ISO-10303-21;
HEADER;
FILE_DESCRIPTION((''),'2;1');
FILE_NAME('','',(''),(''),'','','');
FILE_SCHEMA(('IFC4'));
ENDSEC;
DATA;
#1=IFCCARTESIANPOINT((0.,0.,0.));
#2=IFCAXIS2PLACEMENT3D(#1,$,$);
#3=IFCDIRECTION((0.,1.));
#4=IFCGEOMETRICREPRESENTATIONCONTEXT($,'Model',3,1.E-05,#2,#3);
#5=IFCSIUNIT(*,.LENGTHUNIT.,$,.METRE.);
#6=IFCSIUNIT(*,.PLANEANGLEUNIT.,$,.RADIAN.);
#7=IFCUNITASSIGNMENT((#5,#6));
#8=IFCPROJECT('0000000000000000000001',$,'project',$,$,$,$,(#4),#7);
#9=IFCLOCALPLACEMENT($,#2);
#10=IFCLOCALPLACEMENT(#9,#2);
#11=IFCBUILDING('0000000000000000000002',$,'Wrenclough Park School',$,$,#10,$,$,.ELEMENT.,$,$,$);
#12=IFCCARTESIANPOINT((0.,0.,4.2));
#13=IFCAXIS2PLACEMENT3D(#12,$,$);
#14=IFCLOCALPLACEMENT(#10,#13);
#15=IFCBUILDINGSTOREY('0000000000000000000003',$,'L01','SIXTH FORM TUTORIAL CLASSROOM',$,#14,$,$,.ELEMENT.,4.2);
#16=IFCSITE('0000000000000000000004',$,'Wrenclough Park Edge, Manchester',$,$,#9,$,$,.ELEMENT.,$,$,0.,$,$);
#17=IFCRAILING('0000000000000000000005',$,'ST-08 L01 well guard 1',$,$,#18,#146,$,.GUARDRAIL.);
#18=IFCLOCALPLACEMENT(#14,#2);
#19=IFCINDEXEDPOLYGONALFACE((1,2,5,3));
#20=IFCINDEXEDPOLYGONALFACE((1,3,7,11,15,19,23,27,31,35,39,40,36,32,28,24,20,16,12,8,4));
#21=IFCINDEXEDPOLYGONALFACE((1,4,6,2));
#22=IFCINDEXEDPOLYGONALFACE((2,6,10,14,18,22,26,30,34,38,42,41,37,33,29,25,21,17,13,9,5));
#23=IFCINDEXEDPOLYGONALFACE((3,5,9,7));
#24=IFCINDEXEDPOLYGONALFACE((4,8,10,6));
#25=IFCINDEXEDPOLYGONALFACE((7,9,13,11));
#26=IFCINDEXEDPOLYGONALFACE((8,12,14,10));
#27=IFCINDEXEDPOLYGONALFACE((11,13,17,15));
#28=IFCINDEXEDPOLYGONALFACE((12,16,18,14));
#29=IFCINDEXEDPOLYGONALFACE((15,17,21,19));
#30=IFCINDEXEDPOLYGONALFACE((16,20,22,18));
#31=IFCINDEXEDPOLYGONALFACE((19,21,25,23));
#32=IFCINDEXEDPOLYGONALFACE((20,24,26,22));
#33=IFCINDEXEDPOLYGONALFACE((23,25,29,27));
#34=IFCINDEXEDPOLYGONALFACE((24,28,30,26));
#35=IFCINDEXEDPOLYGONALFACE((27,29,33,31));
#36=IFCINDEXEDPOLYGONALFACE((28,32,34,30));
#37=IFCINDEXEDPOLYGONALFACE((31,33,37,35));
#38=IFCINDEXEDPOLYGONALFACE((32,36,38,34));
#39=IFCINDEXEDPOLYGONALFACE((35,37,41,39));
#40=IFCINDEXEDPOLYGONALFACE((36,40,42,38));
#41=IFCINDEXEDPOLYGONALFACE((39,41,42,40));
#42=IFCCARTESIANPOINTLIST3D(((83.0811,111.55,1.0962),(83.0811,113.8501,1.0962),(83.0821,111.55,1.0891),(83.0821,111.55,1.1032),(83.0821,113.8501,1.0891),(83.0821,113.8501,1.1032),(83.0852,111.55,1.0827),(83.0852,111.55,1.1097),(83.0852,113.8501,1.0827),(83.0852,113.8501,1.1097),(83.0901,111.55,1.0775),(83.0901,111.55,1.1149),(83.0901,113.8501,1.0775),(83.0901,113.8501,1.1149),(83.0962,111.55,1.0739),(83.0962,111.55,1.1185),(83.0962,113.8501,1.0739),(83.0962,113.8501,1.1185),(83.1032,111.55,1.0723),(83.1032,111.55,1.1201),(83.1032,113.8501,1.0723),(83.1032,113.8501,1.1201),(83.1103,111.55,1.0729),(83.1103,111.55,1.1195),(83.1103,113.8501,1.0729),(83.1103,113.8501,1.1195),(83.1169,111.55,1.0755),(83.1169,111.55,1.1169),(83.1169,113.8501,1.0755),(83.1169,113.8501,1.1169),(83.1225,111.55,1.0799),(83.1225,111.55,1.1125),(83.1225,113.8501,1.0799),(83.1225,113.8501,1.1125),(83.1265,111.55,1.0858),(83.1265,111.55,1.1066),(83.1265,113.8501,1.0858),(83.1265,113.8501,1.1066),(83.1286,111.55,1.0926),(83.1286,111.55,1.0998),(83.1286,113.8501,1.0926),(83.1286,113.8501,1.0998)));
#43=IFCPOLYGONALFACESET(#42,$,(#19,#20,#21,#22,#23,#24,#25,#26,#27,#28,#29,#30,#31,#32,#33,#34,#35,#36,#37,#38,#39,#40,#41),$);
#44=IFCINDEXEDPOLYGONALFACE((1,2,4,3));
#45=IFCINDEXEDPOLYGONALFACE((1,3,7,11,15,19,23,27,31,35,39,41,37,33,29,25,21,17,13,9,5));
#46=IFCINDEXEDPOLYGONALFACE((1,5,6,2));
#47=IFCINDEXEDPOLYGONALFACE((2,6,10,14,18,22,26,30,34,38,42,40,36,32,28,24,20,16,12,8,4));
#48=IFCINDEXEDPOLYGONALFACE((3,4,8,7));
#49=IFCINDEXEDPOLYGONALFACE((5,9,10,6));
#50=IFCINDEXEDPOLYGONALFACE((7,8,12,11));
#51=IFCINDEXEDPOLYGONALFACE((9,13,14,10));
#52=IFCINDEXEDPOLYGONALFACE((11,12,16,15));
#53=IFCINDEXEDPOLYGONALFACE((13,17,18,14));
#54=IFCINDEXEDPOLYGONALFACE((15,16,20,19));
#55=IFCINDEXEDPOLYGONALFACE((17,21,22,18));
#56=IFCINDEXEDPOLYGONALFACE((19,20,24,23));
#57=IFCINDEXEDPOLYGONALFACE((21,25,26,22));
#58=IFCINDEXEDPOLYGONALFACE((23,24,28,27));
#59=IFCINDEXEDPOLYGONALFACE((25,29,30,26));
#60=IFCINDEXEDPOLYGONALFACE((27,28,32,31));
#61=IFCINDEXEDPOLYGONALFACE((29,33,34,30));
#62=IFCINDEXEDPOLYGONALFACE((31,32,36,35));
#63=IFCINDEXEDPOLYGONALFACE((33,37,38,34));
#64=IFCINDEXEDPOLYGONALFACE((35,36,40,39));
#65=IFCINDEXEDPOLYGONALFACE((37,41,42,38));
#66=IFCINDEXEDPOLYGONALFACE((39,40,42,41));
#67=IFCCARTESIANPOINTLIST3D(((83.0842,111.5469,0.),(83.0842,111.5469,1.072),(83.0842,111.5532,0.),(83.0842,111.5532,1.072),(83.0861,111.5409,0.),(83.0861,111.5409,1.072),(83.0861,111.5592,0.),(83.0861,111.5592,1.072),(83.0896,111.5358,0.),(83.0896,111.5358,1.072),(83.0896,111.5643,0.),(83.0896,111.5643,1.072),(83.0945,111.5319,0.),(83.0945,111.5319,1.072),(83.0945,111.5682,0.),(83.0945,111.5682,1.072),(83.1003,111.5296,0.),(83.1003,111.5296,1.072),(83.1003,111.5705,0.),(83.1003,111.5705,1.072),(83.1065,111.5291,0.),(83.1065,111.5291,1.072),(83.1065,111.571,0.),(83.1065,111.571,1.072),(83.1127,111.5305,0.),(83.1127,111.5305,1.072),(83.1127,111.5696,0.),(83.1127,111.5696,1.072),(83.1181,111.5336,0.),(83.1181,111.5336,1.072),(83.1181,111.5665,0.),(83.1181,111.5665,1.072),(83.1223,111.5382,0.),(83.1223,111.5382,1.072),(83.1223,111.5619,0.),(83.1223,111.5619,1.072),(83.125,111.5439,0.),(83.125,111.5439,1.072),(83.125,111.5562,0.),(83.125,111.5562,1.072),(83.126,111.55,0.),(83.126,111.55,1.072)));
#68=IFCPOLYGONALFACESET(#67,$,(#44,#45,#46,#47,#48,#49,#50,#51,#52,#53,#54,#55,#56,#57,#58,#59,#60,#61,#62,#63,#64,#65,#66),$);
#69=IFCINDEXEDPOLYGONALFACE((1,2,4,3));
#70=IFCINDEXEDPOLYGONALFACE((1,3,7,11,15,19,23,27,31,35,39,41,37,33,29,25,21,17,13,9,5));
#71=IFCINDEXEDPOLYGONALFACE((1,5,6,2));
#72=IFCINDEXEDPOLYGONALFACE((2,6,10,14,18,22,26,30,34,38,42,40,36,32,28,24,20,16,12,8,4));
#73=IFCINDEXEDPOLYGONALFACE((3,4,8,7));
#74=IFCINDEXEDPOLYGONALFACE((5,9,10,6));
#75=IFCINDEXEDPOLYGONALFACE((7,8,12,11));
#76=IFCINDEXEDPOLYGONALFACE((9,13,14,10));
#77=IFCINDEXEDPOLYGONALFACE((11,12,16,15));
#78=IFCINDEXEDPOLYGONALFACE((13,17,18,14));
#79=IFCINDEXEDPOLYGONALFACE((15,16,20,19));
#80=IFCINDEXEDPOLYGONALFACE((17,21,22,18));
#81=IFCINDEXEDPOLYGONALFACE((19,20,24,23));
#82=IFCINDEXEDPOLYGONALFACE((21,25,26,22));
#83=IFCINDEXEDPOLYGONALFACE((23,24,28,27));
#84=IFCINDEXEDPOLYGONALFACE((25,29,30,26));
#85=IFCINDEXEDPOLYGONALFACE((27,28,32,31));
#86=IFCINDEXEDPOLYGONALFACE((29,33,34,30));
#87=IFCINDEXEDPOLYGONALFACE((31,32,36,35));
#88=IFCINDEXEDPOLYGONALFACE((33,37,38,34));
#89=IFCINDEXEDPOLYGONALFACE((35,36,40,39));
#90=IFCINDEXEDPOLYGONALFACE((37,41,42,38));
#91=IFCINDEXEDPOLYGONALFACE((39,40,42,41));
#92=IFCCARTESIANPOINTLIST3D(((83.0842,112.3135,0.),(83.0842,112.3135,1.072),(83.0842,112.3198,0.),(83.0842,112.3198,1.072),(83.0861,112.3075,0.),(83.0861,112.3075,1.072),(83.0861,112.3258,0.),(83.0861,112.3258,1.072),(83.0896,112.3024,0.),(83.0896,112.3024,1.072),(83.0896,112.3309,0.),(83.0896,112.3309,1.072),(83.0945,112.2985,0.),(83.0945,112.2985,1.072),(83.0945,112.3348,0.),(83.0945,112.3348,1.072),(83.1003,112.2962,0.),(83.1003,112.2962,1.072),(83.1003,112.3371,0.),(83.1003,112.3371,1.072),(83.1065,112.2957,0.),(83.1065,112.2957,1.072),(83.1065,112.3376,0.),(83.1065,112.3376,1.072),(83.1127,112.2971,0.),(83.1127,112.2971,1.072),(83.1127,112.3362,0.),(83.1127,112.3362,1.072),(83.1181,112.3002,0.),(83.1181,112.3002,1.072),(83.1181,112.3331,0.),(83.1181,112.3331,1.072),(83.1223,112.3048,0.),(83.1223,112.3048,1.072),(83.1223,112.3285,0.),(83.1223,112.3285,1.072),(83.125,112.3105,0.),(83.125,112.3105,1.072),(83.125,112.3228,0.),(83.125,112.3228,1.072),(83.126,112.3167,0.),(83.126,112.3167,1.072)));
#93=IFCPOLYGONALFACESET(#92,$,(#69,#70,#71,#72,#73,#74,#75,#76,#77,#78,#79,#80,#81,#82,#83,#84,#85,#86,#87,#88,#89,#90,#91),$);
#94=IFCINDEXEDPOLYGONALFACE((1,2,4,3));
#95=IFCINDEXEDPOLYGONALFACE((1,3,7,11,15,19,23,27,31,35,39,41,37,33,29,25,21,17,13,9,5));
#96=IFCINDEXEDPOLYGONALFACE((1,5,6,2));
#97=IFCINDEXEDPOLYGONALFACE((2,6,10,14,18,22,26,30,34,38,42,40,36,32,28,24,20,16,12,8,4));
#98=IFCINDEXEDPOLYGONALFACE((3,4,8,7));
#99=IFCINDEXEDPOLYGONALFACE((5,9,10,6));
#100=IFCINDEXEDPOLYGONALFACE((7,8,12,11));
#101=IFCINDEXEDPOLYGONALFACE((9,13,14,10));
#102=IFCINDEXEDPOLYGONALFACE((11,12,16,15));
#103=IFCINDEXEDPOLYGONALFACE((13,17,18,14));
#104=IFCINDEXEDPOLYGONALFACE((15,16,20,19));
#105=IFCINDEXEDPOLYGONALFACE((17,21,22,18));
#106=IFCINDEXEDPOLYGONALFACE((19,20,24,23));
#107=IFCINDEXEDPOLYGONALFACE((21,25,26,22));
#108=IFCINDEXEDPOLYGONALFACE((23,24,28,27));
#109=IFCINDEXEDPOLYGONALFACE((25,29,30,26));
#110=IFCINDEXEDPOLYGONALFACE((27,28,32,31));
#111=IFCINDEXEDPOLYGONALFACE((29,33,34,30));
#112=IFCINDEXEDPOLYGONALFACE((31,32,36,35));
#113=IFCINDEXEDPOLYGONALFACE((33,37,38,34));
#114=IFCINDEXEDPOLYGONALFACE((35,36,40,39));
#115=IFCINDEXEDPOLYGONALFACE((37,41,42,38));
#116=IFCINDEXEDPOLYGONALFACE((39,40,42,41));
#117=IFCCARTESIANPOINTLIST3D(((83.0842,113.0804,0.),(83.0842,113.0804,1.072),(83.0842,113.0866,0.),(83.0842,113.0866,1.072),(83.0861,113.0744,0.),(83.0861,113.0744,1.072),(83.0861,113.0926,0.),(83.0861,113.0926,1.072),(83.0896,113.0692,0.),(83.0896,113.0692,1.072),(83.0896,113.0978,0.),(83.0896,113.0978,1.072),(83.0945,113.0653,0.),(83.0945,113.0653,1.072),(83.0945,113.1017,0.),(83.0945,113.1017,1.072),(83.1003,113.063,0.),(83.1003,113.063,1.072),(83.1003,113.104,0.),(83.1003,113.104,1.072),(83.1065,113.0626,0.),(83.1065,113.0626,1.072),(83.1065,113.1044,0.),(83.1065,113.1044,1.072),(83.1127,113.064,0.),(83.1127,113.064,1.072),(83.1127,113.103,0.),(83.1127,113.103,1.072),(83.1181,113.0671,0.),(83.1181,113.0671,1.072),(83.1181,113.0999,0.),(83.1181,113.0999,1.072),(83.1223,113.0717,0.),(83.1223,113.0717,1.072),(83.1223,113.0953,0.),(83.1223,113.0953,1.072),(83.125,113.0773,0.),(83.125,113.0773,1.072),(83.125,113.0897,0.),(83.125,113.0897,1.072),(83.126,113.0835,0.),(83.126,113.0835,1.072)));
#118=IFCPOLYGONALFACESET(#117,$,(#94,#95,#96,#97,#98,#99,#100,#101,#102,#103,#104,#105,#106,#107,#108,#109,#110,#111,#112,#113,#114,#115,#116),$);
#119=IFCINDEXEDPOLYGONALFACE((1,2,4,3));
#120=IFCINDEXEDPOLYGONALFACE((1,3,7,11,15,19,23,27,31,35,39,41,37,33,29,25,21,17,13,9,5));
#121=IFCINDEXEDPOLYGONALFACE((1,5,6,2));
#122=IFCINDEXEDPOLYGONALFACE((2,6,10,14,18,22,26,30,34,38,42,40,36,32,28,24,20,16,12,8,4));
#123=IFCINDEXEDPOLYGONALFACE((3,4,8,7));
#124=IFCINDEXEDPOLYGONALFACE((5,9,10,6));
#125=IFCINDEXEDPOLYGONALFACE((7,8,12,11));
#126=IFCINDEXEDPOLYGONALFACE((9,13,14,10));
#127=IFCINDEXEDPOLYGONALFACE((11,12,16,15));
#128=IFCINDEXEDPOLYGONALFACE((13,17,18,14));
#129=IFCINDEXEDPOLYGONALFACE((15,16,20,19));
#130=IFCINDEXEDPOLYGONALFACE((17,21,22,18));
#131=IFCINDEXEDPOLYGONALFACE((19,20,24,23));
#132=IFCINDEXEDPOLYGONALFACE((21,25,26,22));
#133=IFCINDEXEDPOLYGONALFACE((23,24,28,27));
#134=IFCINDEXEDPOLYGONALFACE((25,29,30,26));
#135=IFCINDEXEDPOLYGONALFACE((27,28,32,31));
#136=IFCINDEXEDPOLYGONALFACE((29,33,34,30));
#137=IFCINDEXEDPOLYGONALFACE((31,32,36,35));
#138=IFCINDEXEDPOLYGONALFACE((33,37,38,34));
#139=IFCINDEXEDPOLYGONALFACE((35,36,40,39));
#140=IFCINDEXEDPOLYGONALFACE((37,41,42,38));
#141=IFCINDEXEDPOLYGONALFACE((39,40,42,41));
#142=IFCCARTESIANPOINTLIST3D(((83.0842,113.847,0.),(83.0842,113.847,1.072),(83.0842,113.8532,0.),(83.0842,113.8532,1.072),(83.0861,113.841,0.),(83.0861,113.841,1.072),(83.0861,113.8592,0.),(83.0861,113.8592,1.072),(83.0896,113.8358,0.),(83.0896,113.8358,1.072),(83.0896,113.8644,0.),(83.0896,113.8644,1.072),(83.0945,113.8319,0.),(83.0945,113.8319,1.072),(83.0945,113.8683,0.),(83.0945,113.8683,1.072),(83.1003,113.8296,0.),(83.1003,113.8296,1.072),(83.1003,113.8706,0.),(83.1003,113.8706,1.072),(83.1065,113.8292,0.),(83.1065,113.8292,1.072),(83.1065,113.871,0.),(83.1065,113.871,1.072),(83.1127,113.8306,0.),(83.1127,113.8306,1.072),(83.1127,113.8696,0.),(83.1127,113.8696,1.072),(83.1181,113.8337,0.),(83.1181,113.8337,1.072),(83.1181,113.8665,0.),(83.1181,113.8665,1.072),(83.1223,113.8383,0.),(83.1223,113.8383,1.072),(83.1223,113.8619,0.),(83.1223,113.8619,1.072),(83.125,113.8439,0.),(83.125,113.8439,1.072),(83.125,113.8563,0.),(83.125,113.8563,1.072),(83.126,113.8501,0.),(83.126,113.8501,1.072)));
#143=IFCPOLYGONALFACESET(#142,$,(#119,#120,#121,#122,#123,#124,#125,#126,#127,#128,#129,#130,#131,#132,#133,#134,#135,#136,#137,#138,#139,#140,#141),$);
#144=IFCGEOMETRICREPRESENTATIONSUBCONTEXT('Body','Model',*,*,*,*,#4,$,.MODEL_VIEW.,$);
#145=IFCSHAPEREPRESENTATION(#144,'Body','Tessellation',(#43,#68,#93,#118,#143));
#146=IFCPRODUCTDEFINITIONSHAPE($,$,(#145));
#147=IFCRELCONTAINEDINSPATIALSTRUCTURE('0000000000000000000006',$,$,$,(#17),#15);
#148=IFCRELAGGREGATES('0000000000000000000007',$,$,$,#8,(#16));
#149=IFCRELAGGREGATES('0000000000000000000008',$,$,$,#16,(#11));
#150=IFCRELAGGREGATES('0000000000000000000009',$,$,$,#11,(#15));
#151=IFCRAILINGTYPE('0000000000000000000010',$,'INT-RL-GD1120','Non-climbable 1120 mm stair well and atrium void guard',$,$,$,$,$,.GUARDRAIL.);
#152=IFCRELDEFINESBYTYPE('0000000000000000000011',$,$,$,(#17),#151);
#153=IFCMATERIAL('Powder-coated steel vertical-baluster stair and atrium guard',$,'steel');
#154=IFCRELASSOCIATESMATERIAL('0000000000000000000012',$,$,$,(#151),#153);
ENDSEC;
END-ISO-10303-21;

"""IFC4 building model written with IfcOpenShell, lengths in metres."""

from ifc_helpers import new_model, si_unit, direction, frame, origin, origin_2d, place, context, subcontext, project, spatial, circle, extrude, material, type_object, element, save


model = new_model("IFC4")

# Units and contexts
model_context = context("Model", 3, precision=1e-05, world=origin(), true_north=direction((0.0, 1.0)))
body_context = subcontext(model_context, "Body", "Model", "MODEL_VIEW")
ifc_project = project(units=[si_unit("LENGTHUNIT", "METRE"), si_unit("PLANEANGLEUNIT", "RADIAN")], contexts=[model_context])

# Site, building, storey
site_placement = place(None, origin())
site = spatial("IfcSite", under=ifc_project, at=site_placement, Name="Wrenclough Park Edge, Manchester", CompositionType="ELEMENT", RefElevation=0.0)
building_placement = place(site_placement, origin())
building = spatial("IfcBuilding", under=site, at=building_placement, Name="Wrenclough Park School", CompositionType="ELEMENT")
storey_placement = place(building_placement, frame((0.0, 0.0, 4.2)))
storey = spatial("IfcBuildingStorey", under=building, at=storey_placement, Name="L01", Description="SIXTH FORM TUTORIAL CLASSROOM", CompositionType="ELEMENT", Elevation=4.2)

# Railing
ifc_material_1 = material(Name="Powder-coated steel vertical-baluster stair and atrium guard", Category="steel")
railing_type_1 = type_object("IfcRailingType", Name="INT-RL-GD1120", Description="Non-climbable 1120 mm stair well and atrium void guard", PredefinedType="GUARDRAIL", material=ifc_material_1)
railing_1_placement = place(storey_placement, frame((83.105, 111.55, 0.0)))
element("IfcRailing", 1, at=railing_1_placement, inside=storey, type_object=railing_type_1, Name="ST-08 L01 well guard 1", PredefinedType="GUARDRAIL", context=body_context, shape_type="SweptSolid", body=[
    extrude(circle(Radius=0.0239, at=origin_2d()), frame((0.0, 0.0, 1.0962), z_axis=(0.0, 1.0, 0.0), x_axis=(-1.0, 0.0, 0.0)), (0.0, 0.0, 1.0), 2.3),
    extrude(circle(Radius=0.021, at=origin_2d()), origin(), (0.0, 0.0, 1.0), 1.072),
    extrude(circle(Radius=0.021, at=origin_2d()), frame((0.0, 0.7666, 0.0)), (0.0, 0.0, 1.0), 1.072),
    extrude(circle(Radius=0.021, at=origin_2d()), frame((0.0, 1.5334, 0.0)), (0.0, 0.0, 1.0), 1.072),
    extrude(circle(Radius=0.021, at=origin_2d()), frame((0.0, 2.3, 0.0)), (0.0, 0.0, 1.0), 1.072),
])

save(model, "model.ifc")
